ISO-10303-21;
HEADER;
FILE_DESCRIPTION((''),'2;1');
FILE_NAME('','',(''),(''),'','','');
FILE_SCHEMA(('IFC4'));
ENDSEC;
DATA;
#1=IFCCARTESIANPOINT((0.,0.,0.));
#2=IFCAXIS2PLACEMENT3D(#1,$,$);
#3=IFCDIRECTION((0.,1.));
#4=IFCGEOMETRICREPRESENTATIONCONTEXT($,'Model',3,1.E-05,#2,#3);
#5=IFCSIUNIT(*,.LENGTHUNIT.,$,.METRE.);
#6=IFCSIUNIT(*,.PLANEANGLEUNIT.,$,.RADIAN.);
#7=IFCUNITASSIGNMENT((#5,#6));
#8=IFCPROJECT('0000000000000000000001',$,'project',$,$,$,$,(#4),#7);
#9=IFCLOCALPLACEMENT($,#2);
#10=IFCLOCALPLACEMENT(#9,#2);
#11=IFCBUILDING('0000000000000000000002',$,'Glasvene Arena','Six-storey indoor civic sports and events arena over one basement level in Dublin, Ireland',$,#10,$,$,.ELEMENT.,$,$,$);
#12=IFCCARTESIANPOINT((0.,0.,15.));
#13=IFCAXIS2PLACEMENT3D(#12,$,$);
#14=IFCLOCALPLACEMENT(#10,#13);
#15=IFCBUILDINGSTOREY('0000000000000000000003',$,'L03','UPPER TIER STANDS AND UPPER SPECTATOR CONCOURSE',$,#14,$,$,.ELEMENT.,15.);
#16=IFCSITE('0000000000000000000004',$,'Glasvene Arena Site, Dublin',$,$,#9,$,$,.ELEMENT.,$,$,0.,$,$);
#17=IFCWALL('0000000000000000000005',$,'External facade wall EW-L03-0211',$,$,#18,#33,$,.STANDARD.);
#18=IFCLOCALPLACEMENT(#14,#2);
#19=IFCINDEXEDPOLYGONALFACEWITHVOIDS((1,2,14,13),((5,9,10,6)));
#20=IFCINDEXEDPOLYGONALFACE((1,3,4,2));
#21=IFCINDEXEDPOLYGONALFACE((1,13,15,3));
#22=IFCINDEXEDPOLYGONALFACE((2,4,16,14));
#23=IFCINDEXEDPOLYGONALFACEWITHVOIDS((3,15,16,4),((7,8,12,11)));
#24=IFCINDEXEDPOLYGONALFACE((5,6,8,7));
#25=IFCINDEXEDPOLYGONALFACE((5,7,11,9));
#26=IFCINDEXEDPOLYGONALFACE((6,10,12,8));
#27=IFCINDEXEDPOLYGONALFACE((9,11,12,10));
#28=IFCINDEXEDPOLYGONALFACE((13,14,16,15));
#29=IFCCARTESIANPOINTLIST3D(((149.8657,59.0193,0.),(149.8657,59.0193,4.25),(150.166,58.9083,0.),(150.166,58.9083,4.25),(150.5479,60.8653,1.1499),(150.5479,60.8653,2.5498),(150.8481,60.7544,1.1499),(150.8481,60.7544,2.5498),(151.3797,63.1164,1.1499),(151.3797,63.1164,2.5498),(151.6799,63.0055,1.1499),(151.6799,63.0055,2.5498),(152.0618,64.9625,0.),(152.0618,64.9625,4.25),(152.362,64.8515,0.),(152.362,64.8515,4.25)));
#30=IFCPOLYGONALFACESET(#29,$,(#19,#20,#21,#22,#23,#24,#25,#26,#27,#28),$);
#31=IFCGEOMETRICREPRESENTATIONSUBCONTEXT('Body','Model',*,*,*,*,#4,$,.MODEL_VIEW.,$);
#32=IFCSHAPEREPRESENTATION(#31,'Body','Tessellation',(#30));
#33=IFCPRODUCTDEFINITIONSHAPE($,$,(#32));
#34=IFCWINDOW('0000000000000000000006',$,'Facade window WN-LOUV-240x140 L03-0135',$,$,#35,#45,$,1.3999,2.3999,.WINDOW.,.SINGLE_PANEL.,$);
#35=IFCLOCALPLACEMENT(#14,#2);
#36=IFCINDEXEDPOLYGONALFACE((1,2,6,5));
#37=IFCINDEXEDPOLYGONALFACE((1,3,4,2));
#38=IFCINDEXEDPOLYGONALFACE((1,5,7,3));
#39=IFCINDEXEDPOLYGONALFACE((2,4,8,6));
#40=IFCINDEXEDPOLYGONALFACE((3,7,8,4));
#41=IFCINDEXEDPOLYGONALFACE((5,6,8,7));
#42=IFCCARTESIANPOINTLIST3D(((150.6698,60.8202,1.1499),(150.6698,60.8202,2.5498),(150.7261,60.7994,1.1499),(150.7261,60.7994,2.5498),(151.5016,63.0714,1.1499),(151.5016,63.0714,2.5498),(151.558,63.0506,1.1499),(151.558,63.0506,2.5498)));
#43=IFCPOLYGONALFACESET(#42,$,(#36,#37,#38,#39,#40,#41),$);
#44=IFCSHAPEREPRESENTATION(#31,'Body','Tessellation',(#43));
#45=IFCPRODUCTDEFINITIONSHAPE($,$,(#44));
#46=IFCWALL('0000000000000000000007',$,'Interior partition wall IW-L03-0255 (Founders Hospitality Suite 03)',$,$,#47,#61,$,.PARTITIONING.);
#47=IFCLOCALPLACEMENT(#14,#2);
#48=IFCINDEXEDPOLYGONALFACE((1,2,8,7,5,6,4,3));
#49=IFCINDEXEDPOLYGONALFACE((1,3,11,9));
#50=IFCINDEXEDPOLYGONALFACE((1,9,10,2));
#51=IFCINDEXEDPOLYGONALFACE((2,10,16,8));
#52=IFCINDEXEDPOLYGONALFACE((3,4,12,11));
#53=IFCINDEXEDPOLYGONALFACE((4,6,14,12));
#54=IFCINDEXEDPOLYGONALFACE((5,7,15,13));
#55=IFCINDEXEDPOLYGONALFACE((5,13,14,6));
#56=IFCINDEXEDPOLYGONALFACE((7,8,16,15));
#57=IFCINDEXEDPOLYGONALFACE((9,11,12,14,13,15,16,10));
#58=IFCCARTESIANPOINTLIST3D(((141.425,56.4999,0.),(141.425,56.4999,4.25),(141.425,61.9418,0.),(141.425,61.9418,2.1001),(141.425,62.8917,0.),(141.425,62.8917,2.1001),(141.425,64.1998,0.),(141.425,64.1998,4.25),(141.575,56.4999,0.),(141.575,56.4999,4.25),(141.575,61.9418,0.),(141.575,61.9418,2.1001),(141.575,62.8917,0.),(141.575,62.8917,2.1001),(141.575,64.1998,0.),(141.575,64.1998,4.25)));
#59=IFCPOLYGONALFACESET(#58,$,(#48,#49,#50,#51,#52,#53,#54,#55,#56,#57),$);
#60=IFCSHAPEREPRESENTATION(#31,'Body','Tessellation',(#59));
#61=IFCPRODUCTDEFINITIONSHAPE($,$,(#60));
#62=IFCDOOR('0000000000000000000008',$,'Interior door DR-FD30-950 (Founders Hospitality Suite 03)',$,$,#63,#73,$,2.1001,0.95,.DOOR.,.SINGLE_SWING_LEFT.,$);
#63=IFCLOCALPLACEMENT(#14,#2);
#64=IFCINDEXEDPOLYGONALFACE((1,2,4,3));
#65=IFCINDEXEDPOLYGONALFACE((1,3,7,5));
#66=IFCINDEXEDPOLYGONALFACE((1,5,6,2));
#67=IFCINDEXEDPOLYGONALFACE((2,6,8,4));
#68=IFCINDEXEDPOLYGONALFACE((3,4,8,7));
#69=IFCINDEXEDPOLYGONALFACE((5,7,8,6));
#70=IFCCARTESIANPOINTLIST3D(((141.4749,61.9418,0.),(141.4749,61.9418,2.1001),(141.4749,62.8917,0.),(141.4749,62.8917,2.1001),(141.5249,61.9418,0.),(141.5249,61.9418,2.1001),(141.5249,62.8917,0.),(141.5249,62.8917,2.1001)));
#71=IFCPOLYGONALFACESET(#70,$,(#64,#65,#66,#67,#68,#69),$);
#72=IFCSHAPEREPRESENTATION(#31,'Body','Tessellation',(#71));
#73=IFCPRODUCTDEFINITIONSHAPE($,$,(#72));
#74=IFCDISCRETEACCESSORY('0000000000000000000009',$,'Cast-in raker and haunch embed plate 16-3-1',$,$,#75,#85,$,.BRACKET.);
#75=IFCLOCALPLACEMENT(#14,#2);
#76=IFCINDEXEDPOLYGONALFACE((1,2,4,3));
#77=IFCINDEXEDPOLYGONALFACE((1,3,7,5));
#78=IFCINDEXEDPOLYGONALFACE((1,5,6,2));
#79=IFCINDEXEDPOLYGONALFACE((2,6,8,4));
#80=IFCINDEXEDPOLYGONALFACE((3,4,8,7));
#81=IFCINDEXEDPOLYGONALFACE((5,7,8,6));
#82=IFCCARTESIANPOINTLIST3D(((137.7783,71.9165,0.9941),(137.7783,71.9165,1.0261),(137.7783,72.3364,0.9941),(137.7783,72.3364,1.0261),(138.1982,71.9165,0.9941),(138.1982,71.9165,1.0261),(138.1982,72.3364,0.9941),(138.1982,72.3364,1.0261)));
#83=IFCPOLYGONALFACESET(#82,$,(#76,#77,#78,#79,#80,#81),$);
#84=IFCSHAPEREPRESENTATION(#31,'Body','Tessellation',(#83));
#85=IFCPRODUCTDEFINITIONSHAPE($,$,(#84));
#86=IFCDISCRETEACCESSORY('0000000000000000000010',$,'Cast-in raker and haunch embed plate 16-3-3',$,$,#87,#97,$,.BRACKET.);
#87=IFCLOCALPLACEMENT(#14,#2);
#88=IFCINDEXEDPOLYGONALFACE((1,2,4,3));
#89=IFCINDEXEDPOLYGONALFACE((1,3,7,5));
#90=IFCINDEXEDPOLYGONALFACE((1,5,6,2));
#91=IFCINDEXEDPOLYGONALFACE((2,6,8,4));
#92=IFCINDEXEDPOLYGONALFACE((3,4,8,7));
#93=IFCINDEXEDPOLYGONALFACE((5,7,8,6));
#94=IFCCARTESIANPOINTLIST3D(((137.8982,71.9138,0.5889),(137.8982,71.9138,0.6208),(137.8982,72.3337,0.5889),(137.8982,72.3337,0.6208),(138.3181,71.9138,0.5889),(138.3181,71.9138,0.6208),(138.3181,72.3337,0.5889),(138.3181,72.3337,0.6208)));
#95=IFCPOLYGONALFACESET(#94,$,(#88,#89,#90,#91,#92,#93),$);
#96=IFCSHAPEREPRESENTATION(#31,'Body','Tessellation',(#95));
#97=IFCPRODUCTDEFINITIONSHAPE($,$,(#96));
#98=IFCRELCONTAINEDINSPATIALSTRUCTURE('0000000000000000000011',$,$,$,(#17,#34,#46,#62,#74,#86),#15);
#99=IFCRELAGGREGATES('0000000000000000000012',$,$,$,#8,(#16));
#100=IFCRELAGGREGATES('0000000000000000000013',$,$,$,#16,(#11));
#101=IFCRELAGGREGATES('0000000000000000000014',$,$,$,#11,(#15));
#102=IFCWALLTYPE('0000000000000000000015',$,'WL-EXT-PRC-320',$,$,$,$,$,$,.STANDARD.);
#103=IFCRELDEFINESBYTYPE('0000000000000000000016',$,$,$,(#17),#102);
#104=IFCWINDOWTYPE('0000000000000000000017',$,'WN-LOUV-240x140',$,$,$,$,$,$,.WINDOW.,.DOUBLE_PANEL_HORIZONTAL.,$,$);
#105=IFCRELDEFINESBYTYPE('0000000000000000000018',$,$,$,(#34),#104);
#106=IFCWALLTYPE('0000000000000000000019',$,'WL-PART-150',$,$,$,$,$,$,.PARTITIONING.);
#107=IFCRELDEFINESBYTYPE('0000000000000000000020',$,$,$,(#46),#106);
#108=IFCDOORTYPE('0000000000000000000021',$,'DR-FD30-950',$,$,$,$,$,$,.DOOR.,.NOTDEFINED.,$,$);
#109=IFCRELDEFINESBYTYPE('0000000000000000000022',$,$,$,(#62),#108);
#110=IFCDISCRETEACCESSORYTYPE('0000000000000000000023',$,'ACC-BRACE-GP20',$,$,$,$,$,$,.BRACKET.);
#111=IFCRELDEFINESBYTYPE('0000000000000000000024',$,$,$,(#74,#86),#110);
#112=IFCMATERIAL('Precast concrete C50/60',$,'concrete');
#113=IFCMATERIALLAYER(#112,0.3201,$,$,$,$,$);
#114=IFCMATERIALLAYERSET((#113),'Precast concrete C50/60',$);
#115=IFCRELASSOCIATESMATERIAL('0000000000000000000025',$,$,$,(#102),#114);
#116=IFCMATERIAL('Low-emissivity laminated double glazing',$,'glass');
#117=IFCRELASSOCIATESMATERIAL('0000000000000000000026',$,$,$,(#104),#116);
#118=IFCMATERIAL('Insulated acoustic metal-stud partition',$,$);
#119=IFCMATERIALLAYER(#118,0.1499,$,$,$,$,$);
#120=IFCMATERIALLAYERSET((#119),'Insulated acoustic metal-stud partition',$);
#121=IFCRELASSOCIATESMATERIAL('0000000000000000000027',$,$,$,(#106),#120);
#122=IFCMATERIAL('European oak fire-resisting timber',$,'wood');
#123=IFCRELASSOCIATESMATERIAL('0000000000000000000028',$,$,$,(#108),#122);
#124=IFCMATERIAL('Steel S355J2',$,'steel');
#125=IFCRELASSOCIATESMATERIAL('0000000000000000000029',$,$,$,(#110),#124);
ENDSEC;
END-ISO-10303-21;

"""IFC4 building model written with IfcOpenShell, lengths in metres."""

from ifc_helpers import new_model, si_unit, direction, frame, frame_2d, origin, origin_2d, place, context, subcontext, project, spatial, rectangle, extrude, material, layer, layer_set, type_object, element, fill, save


model = new_model("IFC4")

# Units and contexts
model_context = context("Model", 3, precision=1e-05, world=origin(), true_north=direction((0.0, 1.0)))
body_context = subcontext(model_context, "Body", "Model", "MODEL_VIEW")
ifc_project = project(units=[si_unit("LENGTHUNIT", "METRE"), si_unit("PLANEANGLEUNIT", "RADIAN")], contexts=[model_context])

# Site, building, storey
site_placement = place(None, origin())
site = spatial("IfcSite", under=ifc_project, at=site_placement, Name="Glasvene Arena Site, Dublin", CompositionType="ELEMENT", RefElevation=0.0)
building_placement = place(site_placement, origin())
building = spatial("IfcBuilding", under=site, at=building_placement, Name="Glasvene Arena", Description="Six-storey indoor civic sports and events arena over one basement level in Dublin, Ireland", CompositionType="ELEMENT")
storey_placement = place(building_placement, frame((0.0, 0.0, 15.0)))
storey = spatial("IfcBuildingStorey", under=building, at=storey_placement, Name="L03", Description="UPPER TIER STANDS AND UPPER SPECTATOR CONCOURSE", CompositionType="ELEMENT", Elevation=15.0)

# Shared definitions
ifc_material_1 = material(Name="Steel S355J2", Category="steel")

# Wall, opening, window
ifc_material_2 = material(Name="Precast concrete C50/60", Category="concrete")
ifc_layer_1 = layer(ifc_material_2, 0.3201)
ifc_layer_set_1 = layer_set([ifc_layer_1], Name="Precast concrete C50/60")
wall_type_1 = type_object("IfcWallType", Name="WL-EXT-PRC-320", PredefinedType="STANDARD", material=ifc_layer_set_1)
ifc_material_3 = material(Name="Low-emissivity laminated double glazing", Category="glass")
window_type = type_object("IfcWindowType", Name="WN-LOUV-240x140", PartitioningType="DOUBLE_PANEL_HORIZONTAL", PredefinedType="WINDOW", material=ifc_material_3)
wall_1_placement = place(storey_placement, frame((152.2119, 64.907, 0.0), z_axis=(0.0, 0.0, 1.0), x_axis=(-0.346605, -0.938011, 0.0)))
wall_1 = element("IfcWall", 1, at=wall_1_placement, inside=storey, type_object=wall_type_1, Name="External facade wall EW-L03-0211", PredefinedType="STANDARD", context=body_context, shape_type="SweptSolid", body=[
    extrude(rectangle(XDim=6.3359, YDim=0.3201, at=frame_2d((3.168, 0.0))), origin(), (0.0, 0.0, 1.0), 4.25),
])
opening_1_placement = place(wall_1_placement, frame((1.968, 0.0, 1.1499)))
opening_1 = element("IfcOpeningElement", 2, at=opening_1_placement, cuts=wall_1, PredefinedType="OPENING", context=body_context, shape_type="SweptSolid", body=[
    extrude(rectangle(XDim=2.3999, YDim=1.3999, at=frame_2d((1.2, 0.7))), frame((0.0, 0.1699, 0.0), z_axis=(0.0, -1.0, 0.0), x_axis=(1.0, 0.0, 0.0)), (0.0, 0.0, 1.0), 0.3401),
])
window_1_placement = place(opening_1_placement, origin())
window_1 = element("IfcWindow", 3, at=window_1_placement, inside=storey, type_object=window_type, Name="Facade window WN-LOUV-240x140 L03-0135", OverallHeight=1.3999, OverallWidth=2.3999, PartitioningType="SINGLE_PANEL", PredefinedType="WINDOW", context=body_context, shape_type="SweptSolid", body=[
    extrude(rectangle(XDim=2.3999, YDim=1.3999, at=frame_2d((1.2, 0.7))), frame((0.0, 0.03, 0.0), z_axis=(0.0, -1.0, 0.0), x_axis=(1.0, 0.0, 0.0)), (0.0, 0.0, 1.0), 0.0601),
])
fill(opening_1, window_1)

# Wall, opening, door
ifc_material_4 = material(Name="Insulated acoustic metal-stud partition")
ifc_layer_2 = layer(ifc_material_4, 0.1499)
ifc_layer_set_2 = layer_set([ifc_layer_2], Name="Insulated acoustic metal-stud partition")
wall_type_2 = type_object("IfcWallType", Name="WL-PART-150", PredefinedType="PARTITIONING", material=ifc_layer_set_2)
wall_2_placement = place(storey_placement, frame((141.5, 64.2, 0.0), z_axis=(0.0, 0.0, 1.0), x_axis=(0.0, -1.0, 0.0)))
wall_2 = element("IfcWall", 4, at=wall_2_placement, inside=storey, type_object=wall_type_2, Name="Interior partition wall IW-L03-0255 (Founders Hospitality Suite 03)", PredefinedType="PARTITIONING", context=body_context, shape_type="SweptSolid", body=[
    extrude(rectangle(XDim=7.7, YDim=0.1499, at=frame_2d((3.8501, 0.0))), origin(), (0.0, 0.0, 1.0), 4.25),
])
opening_2_placement = place(wall_2_placement, frame((1.3081, 0.0, 0.0)))
opening_2 = element("IfcOpeningElement", 5, at=opening_2_placement, cuts=wall_2, PredefinedType="OPENING", context=body_context, shape_type="SweptSolid", body=[
    extrude(rectangle(XDim=0.95, YDim=2.1001, at=frame_2d((0.4751, 1.05))), frame((0.0, 0.085, 0.0), z_axis=(0.0, -1.0, 0.0), x_axis=(1.0, 0.0, 0.0)), (0.0, 0.0, 1.0), 0.1699),
])
ifc_material_5 = material(Name="European oak fire-resisting timber", Category="wood")
door_type = type_object("IfcDoorType", Name="DR-FD30-950", OperationType="NOTDEFINED", PredefinedType="DOOR", material=ifc_material_5)
door_placement = place(opening_2_placement, origin())
door = element("IfcDoor", 6, at=door_placement, inside=storey, type_object=door_type, Name="Interior door DR-FD30-950 (Founders Hospitality Suite 03)", OperationType="SINGLE_SWING_LEFT", OverallHeight=2.1001, OverallWidth=0.95, PredefinedType="DOOR", context=body_context, shape_type="SweptSolid", body=[
    extrude(rectangle(XDim=0.95, YDim=2.1001, at=frame_2d((0.4751, 1.05))), frame((0.0, 0.0249, 0.0), z_axis=(0.0, -1.0, 0.0), x_axis=(1.0, 0.0, 0.0)), (0.0, 0.0, 1.0), 0.05),
])
fill(opening_2, door)

# Discrete accessories
discrete_accessory_type = type_object("IfcDiscreteAccessoryType", Name="ACC-BRACE-GP20", PredefinedType="BRACKET", material=ifc_material_1)
for number, where, z_axis, x_axis, name in (
    (7, (137.9883, 72.1265, 0.9941), (0.0, 0.0, 1.0), (1.0, 0.0, 0.0), "Cast-in raker and haunch embed plate 16-3-1"),
    (8, (138.1082, 72.1238, 0.5889), (0.0, 0.0, 1.0), (1.0, 0.0, 0.0), "Cast-in raker and haunch embed plate 16-3-3"),
):
    element("IfcDiscreteAccessory", number, at=place(storey_placement, frame(where, z_axis=z_axis, x_axis=x_axis)), inside=storey, type_object=discrete_accessory_type, Name=name, PredefinedType="BRACKET", context=body_context, shape_type="SweptSolid", body=[
        extrude(rectangle(XDim=0.4199, YDim=0.4199, at=origin_2d()), origin(), (0.0, 0.0, 1.0), 0.032),
    ])

save(model, "model.ifc")
